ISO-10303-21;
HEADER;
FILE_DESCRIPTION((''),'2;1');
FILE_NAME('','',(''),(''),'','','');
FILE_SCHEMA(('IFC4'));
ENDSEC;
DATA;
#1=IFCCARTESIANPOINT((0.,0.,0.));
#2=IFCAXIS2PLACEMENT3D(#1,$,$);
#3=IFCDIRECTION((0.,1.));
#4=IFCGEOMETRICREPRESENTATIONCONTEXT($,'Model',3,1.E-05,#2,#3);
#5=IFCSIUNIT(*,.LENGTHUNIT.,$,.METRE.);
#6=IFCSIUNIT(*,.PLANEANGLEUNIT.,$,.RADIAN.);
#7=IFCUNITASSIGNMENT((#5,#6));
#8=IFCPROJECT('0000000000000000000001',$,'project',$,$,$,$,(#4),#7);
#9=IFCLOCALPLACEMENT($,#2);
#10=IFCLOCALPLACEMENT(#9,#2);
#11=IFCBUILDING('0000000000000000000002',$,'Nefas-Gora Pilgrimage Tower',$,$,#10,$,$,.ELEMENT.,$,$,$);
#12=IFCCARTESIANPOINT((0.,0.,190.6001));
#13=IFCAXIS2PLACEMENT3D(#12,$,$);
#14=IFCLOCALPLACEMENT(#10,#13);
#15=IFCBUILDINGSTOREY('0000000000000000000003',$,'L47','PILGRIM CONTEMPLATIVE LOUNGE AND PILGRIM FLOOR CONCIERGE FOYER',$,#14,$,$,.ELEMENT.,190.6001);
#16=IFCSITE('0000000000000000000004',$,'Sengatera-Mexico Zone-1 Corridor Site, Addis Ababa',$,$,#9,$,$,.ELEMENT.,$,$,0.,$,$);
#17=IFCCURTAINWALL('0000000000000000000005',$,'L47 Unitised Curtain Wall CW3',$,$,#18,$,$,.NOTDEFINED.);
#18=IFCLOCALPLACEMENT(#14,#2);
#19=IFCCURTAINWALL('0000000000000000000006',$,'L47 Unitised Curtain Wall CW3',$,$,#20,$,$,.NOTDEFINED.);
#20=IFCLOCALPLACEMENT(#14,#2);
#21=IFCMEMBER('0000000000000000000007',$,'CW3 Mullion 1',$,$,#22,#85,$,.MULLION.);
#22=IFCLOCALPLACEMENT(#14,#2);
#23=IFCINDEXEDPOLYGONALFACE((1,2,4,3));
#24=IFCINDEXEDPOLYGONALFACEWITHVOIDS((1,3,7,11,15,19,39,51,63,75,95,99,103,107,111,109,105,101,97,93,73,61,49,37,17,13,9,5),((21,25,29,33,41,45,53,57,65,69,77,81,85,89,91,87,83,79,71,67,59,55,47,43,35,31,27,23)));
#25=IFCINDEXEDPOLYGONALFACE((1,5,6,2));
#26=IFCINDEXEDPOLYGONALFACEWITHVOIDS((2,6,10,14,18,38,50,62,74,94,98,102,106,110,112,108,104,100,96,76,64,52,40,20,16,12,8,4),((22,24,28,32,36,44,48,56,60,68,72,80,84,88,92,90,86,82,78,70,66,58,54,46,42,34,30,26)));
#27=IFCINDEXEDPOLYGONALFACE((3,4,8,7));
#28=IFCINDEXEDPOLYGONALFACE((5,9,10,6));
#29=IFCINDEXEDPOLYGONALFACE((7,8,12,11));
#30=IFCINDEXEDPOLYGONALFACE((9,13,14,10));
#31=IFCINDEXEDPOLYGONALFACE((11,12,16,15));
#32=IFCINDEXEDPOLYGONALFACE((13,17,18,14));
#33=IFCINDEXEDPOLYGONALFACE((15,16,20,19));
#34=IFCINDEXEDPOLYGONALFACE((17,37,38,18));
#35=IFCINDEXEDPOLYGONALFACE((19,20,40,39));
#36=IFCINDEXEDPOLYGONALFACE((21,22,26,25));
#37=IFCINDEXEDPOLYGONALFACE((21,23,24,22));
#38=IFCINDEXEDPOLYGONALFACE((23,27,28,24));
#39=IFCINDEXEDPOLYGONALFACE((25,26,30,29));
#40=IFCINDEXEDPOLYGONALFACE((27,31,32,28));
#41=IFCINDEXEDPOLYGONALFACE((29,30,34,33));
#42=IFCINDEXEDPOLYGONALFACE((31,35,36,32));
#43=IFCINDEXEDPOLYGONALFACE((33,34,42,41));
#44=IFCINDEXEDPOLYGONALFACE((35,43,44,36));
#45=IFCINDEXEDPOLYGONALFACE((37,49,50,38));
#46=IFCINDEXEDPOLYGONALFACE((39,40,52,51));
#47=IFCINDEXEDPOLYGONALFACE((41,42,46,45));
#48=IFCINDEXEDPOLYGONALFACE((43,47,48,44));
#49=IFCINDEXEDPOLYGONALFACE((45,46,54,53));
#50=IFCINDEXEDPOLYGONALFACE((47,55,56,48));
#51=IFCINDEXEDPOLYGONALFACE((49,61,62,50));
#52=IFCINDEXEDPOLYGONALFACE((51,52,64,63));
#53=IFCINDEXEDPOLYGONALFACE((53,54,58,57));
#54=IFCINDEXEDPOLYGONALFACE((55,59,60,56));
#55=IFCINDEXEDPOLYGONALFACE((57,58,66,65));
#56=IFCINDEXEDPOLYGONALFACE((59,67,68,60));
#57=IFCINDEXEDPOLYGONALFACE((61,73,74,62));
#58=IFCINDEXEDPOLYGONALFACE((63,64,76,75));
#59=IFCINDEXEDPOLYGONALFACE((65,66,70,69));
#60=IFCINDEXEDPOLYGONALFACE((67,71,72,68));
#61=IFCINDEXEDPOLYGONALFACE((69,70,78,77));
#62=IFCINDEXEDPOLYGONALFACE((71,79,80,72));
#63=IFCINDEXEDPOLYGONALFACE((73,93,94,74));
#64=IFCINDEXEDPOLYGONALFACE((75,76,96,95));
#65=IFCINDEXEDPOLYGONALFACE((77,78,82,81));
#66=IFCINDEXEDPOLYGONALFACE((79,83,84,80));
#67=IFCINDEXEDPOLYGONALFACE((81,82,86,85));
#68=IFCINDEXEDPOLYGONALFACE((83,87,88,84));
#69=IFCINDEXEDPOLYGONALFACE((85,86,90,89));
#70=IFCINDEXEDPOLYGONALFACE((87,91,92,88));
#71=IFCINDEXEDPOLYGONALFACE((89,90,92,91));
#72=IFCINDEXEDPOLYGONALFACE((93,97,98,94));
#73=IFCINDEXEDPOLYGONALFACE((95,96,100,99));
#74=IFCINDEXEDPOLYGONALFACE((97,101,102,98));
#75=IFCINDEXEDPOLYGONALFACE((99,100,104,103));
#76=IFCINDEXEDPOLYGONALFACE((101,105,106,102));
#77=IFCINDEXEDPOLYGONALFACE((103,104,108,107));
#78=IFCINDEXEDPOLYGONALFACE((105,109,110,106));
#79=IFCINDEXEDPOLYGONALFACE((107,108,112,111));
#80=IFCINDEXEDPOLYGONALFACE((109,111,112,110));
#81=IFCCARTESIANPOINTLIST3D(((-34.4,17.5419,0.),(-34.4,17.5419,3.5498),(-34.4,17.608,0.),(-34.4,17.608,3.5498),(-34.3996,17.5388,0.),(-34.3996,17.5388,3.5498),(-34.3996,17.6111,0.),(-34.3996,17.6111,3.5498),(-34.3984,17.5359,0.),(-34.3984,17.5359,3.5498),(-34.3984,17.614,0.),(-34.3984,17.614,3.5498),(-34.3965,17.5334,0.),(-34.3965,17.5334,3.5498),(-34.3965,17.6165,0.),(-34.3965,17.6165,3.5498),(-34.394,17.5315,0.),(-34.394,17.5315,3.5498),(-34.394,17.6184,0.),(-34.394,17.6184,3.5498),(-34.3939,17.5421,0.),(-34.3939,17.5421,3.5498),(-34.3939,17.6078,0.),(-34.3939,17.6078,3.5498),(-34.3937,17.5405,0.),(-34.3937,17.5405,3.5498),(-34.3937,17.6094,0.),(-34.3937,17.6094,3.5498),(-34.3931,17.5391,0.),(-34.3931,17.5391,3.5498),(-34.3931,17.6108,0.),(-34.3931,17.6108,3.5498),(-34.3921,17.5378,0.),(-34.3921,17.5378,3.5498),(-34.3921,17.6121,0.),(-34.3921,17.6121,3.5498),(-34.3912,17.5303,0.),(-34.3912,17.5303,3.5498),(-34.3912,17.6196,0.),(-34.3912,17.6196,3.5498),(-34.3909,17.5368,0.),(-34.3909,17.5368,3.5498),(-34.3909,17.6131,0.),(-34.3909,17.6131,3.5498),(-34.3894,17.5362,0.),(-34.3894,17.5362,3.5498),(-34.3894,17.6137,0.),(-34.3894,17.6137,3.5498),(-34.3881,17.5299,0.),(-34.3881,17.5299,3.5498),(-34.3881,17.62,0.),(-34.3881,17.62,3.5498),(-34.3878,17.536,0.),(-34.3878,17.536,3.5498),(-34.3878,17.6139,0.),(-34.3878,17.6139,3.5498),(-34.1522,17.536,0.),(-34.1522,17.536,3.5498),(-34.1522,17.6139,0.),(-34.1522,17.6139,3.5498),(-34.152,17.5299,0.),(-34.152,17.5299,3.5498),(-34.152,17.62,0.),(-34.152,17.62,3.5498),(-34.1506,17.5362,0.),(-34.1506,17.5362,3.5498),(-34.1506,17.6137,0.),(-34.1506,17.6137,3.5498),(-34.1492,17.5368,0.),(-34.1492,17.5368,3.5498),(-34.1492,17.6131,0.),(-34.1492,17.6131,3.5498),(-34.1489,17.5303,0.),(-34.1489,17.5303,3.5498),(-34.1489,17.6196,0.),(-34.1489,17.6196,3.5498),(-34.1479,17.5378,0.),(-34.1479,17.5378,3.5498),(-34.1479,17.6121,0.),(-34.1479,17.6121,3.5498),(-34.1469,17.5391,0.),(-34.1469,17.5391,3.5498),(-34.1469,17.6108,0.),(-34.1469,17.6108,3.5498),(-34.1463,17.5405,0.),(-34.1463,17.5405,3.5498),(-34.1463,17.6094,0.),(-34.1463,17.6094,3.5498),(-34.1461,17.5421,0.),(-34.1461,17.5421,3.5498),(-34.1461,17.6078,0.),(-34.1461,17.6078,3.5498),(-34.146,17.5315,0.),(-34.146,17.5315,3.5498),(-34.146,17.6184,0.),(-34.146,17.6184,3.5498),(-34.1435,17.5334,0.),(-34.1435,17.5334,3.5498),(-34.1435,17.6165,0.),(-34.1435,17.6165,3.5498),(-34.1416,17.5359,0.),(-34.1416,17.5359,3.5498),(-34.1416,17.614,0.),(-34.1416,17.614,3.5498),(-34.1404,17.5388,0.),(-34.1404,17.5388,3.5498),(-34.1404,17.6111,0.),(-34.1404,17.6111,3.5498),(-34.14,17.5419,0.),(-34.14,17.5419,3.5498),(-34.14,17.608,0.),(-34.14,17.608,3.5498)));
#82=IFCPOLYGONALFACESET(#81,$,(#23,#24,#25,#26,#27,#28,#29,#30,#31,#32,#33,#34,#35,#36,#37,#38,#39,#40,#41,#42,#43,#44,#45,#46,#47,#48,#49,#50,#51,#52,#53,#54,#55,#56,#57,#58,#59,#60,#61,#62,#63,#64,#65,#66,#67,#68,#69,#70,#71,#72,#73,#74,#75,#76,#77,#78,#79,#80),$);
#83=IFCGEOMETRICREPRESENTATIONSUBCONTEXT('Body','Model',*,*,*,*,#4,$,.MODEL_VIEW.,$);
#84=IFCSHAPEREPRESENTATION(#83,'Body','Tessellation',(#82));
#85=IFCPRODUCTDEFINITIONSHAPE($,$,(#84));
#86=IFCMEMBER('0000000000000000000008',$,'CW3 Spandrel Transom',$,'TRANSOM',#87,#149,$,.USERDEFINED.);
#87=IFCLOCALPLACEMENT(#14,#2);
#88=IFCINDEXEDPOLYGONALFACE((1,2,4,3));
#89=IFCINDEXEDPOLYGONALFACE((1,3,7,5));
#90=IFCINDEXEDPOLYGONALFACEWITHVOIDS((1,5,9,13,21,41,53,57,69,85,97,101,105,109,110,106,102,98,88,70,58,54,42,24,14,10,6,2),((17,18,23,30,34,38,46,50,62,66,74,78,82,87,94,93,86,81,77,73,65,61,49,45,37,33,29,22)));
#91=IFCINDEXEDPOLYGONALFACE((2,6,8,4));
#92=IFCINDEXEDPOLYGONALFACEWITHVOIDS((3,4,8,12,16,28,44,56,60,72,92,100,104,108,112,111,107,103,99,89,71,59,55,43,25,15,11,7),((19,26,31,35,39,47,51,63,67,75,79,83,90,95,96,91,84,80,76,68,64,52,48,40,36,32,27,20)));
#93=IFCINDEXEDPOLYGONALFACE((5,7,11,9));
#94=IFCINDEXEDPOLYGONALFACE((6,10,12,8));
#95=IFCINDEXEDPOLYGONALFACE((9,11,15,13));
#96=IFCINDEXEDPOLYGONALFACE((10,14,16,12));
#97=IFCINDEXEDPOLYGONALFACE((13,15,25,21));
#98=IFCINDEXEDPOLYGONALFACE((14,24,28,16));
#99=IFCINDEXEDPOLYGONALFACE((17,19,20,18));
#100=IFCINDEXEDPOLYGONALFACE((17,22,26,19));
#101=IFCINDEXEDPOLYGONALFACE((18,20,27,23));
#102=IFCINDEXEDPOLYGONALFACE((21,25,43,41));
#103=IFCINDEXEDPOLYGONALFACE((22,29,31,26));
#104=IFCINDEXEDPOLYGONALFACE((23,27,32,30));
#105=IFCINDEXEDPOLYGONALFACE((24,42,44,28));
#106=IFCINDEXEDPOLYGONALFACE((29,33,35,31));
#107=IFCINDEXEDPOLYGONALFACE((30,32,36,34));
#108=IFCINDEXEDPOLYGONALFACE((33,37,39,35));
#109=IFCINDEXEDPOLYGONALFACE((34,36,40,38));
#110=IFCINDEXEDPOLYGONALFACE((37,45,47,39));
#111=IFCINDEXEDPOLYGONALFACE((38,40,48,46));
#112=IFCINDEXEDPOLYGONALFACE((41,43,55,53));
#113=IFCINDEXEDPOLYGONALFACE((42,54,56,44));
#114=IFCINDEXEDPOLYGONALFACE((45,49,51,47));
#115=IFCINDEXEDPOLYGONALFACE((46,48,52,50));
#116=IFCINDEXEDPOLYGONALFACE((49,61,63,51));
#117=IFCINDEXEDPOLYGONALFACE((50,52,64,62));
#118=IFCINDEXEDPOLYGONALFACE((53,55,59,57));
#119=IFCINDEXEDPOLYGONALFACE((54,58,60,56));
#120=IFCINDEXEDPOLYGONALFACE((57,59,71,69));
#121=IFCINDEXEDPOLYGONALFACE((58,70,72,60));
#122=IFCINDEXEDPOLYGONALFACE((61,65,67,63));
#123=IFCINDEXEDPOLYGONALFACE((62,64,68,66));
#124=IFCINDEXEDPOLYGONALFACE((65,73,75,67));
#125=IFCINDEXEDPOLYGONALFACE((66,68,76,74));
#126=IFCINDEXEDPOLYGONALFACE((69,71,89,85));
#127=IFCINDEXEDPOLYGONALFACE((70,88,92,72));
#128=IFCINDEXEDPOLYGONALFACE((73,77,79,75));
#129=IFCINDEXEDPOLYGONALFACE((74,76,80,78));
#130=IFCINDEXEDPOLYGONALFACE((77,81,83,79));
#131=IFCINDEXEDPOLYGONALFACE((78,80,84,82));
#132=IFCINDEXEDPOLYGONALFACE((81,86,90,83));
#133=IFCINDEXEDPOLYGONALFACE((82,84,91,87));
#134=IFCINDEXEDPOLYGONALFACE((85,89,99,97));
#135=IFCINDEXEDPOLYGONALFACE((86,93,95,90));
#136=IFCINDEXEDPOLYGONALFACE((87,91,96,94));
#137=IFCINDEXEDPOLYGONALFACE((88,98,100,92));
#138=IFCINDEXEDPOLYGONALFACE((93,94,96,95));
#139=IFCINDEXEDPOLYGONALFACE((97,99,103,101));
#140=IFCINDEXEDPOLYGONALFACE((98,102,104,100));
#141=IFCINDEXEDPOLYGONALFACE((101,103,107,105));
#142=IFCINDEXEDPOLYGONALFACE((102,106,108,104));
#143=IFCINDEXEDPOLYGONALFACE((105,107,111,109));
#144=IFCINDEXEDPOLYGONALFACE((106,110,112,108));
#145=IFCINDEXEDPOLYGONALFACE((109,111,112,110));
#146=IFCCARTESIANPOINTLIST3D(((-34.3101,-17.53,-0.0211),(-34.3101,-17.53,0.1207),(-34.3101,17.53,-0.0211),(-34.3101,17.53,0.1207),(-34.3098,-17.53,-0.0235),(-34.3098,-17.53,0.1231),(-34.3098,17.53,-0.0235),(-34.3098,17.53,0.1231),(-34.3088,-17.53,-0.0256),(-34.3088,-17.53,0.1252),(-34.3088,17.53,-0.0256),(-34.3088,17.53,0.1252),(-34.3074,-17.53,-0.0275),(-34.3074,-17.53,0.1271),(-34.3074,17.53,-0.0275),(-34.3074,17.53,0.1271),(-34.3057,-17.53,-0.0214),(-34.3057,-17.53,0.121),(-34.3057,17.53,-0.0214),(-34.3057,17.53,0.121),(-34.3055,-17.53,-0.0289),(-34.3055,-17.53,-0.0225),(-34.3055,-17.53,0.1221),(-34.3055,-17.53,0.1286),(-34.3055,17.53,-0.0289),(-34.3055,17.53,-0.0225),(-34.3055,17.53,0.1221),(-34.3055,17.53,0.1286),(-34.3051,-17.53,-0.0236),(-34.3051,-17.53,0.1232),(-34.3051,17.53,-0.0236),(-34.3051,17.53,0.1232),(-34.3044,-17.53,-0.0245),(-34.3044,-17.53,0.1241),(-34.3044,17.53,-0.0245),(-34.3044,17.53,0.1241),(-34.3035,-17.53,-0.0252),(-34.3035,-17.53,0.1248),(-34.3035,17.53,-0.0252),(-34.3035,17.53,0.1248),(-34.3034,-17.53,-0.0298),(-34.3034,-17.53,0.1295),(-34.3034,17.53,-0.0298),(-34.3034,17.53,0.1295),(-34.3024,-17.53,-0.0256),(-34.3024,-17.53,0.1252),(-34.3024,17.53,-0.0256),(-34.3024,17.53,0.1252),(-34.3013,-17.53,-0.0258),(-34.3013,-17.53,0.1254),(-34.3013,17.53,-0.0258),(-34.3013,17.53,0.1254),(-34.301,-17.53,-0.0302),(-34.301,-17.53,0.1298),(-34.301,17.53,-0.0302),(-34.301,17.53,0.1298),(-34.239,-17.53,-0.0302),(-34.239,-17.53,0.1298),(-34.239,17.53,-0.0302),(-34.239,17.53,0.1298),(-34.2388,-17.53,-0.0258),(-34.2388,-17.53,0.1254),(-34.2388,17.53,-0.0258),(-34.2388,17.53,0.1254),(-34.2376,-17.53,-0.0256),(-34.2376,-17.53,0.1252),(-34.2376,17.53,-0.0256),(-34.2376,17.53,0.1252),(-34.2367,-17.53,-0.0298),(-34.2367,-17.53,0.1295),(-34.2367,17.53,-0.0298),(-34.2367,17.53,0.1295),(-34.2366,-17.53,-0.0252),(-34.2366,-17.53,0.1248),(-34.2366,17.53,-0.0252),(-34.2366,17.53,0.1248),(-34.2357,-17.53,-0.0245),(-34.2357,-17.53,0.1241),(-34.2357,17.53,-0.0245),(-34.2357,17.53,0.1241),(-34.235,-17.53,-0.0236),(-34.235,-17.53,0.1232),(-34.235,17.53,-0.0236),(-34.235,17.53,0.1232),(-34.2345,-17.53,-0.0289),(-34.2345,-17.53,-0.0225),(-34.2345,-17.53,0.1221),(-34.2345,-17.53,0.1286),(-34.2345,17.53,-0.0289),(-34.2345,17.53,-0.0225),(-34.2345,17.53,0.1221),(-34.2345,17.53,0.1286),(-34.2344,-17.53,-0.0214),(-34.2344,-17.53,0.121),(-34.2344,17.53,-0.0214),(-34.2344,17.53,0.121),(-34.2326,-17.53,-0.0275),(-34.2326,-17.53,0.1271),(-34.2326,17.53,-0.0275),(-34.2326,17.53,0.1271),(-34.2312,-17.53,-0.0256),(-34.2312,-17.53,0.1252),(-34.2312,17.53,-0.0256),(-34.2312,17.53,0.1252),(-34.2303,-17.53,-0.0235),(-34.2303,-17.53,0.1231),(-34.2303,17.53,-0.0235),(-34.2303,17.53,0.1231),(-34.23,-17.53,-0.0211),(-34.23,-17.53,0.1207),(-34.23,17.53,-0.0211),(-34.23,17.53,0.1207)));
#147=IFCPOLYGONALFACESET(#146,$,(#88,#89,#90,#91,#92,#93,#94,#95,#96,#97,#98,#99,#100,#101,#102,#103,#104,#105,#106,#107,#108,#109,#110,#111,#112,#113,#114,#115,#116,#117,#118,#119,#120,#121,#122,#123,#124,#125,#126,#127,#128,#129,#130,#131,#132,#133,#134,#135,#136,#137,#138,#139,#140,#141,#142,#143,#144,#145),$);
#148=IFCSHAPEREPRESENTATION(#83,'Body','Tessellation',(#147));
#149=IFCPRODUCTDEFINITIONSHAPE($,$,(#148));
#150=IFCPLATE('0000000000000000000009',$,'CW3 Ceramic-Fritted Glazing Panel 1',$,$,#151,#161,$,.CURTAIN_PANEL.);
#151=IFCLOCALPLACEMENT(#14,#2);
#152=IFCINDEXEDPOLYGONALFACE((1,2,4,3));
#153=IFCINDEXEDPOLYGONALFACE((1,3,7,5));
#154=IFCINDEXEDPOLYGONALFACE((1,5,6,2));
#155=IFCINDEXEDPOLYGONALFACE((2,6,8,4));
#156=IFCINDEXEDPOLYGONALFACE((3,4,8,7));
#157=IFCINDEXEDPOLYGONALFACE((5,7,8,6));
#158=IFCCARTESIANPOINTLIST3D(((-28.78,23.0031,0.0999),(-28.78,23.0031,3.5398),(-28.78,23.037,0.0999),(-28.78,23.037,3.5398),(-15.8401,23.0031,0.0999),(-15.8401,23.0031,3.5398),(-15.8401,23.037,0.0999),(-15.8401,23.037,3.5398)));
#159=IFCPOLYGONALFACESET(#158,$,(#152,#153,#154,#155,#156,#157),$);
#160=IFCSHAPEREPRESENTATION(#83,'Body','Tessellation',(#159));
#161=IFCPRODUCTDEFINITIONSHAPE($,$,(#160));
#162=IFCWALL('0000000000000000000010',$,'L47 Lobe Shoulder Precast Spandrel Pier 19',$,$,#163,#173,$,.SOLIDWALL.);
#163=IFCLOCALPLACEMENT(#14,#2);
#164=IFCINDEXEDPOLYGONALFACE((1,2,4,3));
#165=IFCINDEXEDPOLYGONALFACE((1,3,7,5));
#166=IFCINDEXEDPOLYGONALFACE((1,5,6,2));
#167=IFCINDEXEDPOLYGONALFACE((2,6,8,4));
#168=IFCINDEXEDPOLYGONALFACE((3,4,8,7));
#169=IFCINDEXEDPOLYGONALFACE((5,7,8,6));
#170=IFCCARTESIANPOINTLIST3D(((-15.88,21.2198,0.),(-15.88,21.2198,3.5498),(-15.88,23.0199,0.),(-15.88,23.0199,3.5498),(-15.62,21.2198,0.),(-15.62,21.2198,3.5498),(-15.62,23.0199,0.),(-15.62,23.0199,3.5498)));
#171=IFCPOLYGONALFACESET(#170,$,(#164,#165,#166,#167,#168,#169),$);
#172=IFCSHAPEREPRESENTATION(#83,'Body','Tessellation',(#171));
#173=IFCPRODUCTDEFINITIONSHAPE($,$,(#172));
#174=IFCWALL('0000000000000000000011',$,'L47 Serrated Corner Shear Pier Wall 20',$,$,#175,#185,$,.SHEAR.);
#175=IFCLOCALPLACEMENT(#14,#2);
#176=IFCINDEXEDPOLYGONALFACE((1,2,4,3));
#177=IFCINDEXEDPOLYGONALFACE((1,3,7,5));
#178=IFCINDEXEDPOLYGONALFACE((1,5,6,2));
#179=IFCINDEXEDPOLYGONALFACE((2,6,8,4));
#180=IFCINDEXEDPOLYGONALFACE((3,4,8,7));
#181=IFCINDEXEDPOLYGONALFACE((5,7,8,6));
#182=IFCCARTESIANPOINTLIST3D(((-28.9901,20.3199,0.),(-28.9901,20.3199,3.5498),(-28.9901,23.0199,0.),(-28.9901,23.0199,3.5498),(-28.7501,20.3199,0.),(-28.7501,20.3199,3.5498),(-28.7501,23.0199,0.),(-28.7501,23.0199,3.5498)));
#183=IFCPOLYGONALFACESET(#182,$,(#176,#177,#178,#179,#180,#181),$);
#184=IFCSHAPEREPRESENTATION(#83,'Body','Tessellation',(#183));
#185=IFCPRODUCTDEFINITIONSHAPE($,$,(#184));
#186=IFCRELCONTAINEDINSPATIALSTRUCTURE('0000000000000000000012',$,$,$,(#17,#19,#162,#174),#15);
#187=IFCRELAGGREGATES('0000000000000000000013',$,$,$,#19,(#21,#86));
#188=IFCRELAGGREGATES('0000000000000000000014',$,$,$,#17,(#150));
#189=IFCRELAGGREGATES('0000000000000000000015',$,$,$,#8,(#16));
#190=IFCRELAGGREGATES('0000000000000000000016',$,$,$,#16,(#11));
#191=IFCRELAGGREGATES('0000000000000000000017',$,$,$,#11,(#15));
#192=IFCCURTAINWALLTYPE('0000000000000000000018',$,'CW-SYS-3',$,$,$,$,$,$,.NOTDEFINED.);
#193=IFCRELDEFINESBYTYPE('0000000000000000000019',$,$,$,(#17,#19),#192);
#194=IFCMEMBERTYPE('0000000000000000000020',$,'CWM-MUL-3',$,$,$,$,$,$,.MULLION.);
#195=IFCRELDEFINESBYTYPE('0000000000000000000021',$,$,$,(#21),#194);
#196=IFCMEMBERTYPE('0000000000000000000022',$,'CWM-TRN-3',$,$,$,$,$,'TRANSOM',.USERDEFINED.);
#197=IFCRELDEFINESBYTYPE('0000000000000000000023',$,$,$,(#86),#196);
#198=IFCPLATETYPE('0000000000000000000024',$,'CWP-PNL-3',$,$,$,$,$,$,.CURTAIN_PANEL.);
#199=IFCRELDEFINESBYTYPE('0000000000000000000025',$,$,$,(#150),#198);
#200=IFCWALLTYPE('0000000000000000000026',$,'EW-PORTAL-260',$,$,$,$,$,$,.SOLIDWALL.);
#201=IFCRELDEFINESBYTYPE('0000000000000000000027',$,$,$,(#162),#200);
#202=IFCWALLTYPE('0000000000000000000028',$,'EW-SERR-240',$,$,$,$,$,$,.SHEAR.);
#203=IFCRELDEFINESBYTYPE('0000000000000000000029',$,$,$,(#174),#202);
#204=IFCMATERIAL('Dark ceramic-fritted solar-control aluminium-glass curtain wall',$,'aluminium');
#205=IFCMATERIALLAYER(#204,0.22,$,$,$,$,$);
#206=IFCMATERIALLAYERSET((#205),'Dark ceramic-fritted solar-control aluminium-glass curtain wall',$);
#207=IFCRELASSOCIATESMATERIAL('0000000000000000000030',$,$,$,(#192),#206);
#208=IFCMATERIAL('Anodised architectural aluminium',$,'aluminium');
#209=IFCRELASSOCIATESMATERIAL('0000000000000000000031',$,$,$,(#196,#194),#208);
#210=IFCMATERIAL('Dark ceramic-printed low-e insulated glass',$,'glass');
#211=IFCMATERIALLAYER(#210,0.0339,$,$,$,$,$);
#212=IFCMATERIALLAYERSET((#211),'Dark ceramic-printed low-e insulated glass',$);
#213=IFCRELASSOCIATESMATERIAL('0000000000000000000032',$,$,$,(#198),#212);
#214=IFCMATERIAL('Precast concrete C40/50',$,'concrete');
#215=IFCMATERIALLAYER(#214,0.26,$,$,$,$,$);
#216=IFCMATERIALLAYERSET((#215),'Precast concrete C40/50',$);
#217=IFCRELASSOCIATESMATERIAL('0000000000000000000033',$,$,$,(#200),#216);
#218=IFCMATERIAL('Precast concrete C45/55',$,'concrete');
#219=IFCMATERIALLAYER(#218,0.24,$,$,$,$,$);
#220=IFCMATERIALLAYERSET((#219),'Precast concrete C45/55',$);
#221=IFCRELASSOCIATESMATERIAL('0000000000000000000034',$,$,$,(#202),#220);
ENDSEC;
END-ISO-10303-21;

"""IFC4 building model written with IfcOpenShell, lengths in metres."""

from ifc_helpers import new_model, si_unit, direction, frame, frame_2d, origin, origin_2d, place, context, subcontext, project, spatial, rectangle, hollow_rectangle, extrude, source, transform, mapped, material, layer, layer_set, material_profile, profile_set, type_object, element, aggregate, save


model = new_model("IFC4")

# Units and contexts
model_context = context("Model", 3, precision=1e-05, world=origin(), true_north=direction((0.0, 1.0)))
body_context = subcontext(model_context, "Body", "Model", "MODEL_VIEW")
ifc_project = project(units=[si_unit("LENGTHUNIT", "METRE"), si_unit("PLANEANGLEUNIT", "RADIAN")], contexts=[model_context])

# Site, building, storey
site_placement = place(None, origin())
site = spatial("IfcSite", under=ifc_project, at=site_placement, Name="Sengatera-Mexico Zone-1 Corridor Site, Addis Ababa", CompositionType="ELEMENT", RefElevation=0.0)
building_placement = place(site_placement, origin())
building = spatial("IfcBuilding", under=site, at=building_placement, Name="Nefas-Gora Pilgrimage Tower", CompositionType="ELEMENT")
storey_placement = place(building_placement, frame((0.0, 0.0, 190.6001)))
storey = spatial("IfcBuildingStorey", under=building, at=storey_placement, Name="L47", Description="PILGRIM CONTEMPLATIVE LOUNGE AND PILGRIM FLOOR CONCIERGE FOYER", CompositionType="ELEMENT", Elevation=190.6001)

# Shared definitions
ifc_material_1 = material(Name="Dark ceramic-fritted solar-control aluminium-glass curtain wall", Category="aluminium")
ifc_material_2 = material(Name="Anodised architectural aluminium", Category="aluminium")

# Curtain walls, members
ifc_layer_1 = layer(ifc_material_1, 0.22)
ifc_layer_set_1 = layer_set([ifc_layer_1], Name="Dark ceramic-fritted solar-control aluminium-glass curtain wall")
curtain_wall_type_1 = type_object("IfcCurtainWallType", Name="CW-SYS-3", PredefinedType="NOTDEFINED", material=ifc_layer_set_1)
curtain_wall_1_placement = place(storey_placement, origin())
curtain_wall_1 = element("IfcCurtainWall", 1, at=curtain_wall_1_placement, inside=storey, type_object=curtain_wall_type_1, Name="L47 Unitised Curtain Wall CW3", PredefinedType="NOTDEFINED")
ifc_material_profile_1 = material_profile(ifc_material_2, hollow_rectangle(XDim=0.0801, YDim=0.1599, WallThickness=0.0044, InnerFilletRadius=0.0044, OuterFilletRadius=0.009, at=origin_2d()), Name="ALU TRANSOM 80x160")
ifc_profile_set_1 = profile_set([ifc_material_profile_1], Name="Anodised architectural aluminium")
member_type_1 = type_object("IfcMemberType", Name="CWM-TRN-3", ElementType="TRANSOM", PredefinedType="USERDEFINED", material=ifc_profile_set_1)
ifc_material_profile_2 = material_profile(ifc_material_2, hollow_rectangle(XDim=0.0901, YDim=0.26, WallThickness=0.0061, InnerFilletRadius=0.0061, OuterFilletRadius=0.012, at=origin_2d()), Name="ALU MULLION 90x260")
ifc_profile_set_2 = profile_set([ifc_material_profile_2], Name="Anodised architectural aluminium")
member_type_2 = type_object("IfcMemberType", Name="CWM-MUL-3", PredefinedType="MULLION", material=ifc_profile_set_2)
shared_shape_1 = source(origin(), body_context, "Body", "SweptSolid", [
    extrude(hollow_rectangle(XDim=0.0901, YDim=0.26, WallThickness=0.0061, InnerFilletRadius=0.0061, OuterFilletRadius=0.012, at=origin_2d()), origin(), (0.0, 0.0, 1.0), 3.5498),
])
curtain_wall_2_placement = place(storey_placement, origin())
curtain_wall_2 = element("IfcCurtainWall", 2, at=curtain_wall_2_placement, inside=storey, type_object=curtain_wall_type_1, Name="L47 Unitised Curtain Wall CW3", PredefinedType="NOTDEFINED")
member_1_placement = place(storey_placement, frame((-34.27, 17.575, 0.0), z_axis=(0.0, 0.0, 1.0), x_axis=(0.0, -1.0, 0.0)))
member_1 = element("IfcMember", 3, at=member_1_placement, type_object=member_type_2, Name="CW3 Mullion 1", PredefinedType="MULLION", context=body_context, shape_type="MappedRepresentation", body=[
    mapped(shared_shape_1, transform((0.0, 0.0, 0.0), x_axis=(1.0, 0.0, 0.0), y_axis=(0.0, 1.0, 0.0), z_axis=(0.0, 0.0, 1.0), scale=1.0)),
])
shared_shape_2 = source(origin(), body_context, "Body", "SweptSolid", [
    extrude(hollow_rectangle(XDim=0.0801, YDim=0.1599, WallThickness=0.0044, InnerFilletRadius=0.0044, OuterFilletRadius=0.009, at=origin_2d()), origin(), (0.0, 0.0, 1.0), 35.0601),
])
member_2_placement = place(storey_placement, frame((-34.27, 17.53, 0.0498), z_axis=(0.0, -1.0, 0.0), x_axis=(1.0, 0.0, 0.0)))
member_2 = element("IfcMember", 4, at=member_2_placement, type_object=member_type_1, Name="CW3 Spandrel Transom", ObjectType="TRANSOM", PredefinedType="USERDEFINED", context=body_context, shape_type="MappedRepresentation", body=[
    mapped(shared_shape_2, transform((0.0, 0.0, 0.0), x_axis=(1.0, 0.0, 0.0), y_axis=(0.0, 1.0, 0.0), z_axis=(0.0, 0.0, 1.0), scale=1.0)),
])
aggregate(curtain_wall_2, [member_1, member_2])

# Plate
ifc_material_3 = material(Name="Dark ceramic-printed low-e insulated glass", Category="glass")
ifc_layer_2 = layer(ifc_material_3, 0.0339)
ifc_layer_set_2 = layer_set([ifc_layer_2], Name="Dark ceramic-printed low-e insulated glass")
plate_type = type_object("IfcPlateType", Name="CWP-PNL-3", PredefinedType="CURTAIN_PANEL", material=ifc_layer_set_2)
shared_shape_3 = source(origin(), body_context, "Body", "SweptSolid", [
    extrude(rectangle(XDim=12.9399, YDim=0.0339, at=origin_2d()), origin(), (0.0, 0.0, 1.0), 3.4399),
])
plate_placement = place(storey_placement, frame((-22.3101, 23.02, 0.0999), z_axis=(0.0, 0.0, 1.0), x_axis=(-1.0, 0.0, 0.0)))
plate = element("IfcPlate", 5, at=plate_placement, type_object=plate_type, Name="CW3 Ceramic-Fritted Glazing Panel 1", PredefinedType="CURTAIN_PANEL", context=body_context, shape_type="MappedRepresentation", body=[
    mapped(shared_shape_3, transform((0.0, 0.0, 0.0), x_axis=(1.0, 0.0, 0.0), y_axis=(0.0, 1.0, 0.0), z_axis=(0.0, 0.0, 1.0), scale=1.0)),
])
aggregate(curtain_wall_1, [plate])

# Walls
ifc_material_4 = material(Name="Precast concrete C40/50", Category="concrete")
ifc_layer_3 = layer(ifc_material_4, 0.26)
ifc_layer_set_3 = layer_set([ifc_layer_3], Name="Precast concrete C40/50")
wall_type_1 = type_object("IfcWallType", Name="EW-PORTAL-260", PredefinedType="SOLIDWALL", material=ifc_layer_set_3)
shared_shape_4 = source(origin(), body_context, "Body", "SweptSolid", [
    extrude(rectangle(XDim=1.8, YDim=0.26, at=frame_2d((0.8999, 0.0))), origin(), (0.0, 0.0, 1.0), 3.5498),
])
wall_1_placement = place(storey_placement, frame((-15.75, 21.22, 0.0), z_axis=(0.0, 0.0, 1.0), x_axis=(0.0, 1.0, 0.0)))
element("IfcWall", 6, at=wall_1_placement, inside=storey, type_object=wall_type_1, Name="L47 Lobe Shoulder Precast Spandrel Pier 19", PredefinedType="SOLIDWALL", context=body_context, shape_type="MappedRepresentation", body=[
    mapped(shared_shape_4, transform((0.0, 0.0, 0.0), x_axis=(1.0, 0.0, 0.0), y_axis=(0.0, 1.0, 0.0), z_axis=(0.0, 0.0, 1.0), scale=1.0)),
])
ifc_material_5 = material(Name="Precast concrete C45/55", Category="concrete")
ifc_layer_4 = layer(ifc_material_5, 0.24)
ifc_layer_set_4 = layer_set([ifc_layer_4], Name="Precast concrete C45/55")
wall_type_2 = type_object("IfcWallType", Name="EW-SERR-240", PredefinedType="SHEAR", material=ifc_layer_set_4)
shared_shape_5 = source(origin(), body_context, "Body", "SweptSolid", [
    extrude(rectangle(XDim=2.7, YDim=0.24, at=frame_2d((1.3501, 0.0))), origin(), (0.0, 0.0, 1.0), 3.5498),
])
wall_2_placement = place(storey_placement, frame((-28.8701, 23.02, 0.0), z_axis=(0.0, 0.0, 1.0), x_axis=(0.0, -1.0, 0.0)))
element("IfcWall", 7, at=wall_2_placement, inside=storey, type_object=wall_type_2, Name="L47 Serrated Corner Shear Pier Wall 20", PredefinedType="SHEAR", context=body_context, shape_type="MappedRepresentation", body=[
    mapped(shared_shape_5, transform((0.0, 0.0, 0.0), x_axis=(1.0, 0.0, 0.0), y_axis=(0.0, 1.0, 0.0), z_axis=(0.0, 0.0, 1.0), scale=1.0)),
])

save(model, "model.ifc")
